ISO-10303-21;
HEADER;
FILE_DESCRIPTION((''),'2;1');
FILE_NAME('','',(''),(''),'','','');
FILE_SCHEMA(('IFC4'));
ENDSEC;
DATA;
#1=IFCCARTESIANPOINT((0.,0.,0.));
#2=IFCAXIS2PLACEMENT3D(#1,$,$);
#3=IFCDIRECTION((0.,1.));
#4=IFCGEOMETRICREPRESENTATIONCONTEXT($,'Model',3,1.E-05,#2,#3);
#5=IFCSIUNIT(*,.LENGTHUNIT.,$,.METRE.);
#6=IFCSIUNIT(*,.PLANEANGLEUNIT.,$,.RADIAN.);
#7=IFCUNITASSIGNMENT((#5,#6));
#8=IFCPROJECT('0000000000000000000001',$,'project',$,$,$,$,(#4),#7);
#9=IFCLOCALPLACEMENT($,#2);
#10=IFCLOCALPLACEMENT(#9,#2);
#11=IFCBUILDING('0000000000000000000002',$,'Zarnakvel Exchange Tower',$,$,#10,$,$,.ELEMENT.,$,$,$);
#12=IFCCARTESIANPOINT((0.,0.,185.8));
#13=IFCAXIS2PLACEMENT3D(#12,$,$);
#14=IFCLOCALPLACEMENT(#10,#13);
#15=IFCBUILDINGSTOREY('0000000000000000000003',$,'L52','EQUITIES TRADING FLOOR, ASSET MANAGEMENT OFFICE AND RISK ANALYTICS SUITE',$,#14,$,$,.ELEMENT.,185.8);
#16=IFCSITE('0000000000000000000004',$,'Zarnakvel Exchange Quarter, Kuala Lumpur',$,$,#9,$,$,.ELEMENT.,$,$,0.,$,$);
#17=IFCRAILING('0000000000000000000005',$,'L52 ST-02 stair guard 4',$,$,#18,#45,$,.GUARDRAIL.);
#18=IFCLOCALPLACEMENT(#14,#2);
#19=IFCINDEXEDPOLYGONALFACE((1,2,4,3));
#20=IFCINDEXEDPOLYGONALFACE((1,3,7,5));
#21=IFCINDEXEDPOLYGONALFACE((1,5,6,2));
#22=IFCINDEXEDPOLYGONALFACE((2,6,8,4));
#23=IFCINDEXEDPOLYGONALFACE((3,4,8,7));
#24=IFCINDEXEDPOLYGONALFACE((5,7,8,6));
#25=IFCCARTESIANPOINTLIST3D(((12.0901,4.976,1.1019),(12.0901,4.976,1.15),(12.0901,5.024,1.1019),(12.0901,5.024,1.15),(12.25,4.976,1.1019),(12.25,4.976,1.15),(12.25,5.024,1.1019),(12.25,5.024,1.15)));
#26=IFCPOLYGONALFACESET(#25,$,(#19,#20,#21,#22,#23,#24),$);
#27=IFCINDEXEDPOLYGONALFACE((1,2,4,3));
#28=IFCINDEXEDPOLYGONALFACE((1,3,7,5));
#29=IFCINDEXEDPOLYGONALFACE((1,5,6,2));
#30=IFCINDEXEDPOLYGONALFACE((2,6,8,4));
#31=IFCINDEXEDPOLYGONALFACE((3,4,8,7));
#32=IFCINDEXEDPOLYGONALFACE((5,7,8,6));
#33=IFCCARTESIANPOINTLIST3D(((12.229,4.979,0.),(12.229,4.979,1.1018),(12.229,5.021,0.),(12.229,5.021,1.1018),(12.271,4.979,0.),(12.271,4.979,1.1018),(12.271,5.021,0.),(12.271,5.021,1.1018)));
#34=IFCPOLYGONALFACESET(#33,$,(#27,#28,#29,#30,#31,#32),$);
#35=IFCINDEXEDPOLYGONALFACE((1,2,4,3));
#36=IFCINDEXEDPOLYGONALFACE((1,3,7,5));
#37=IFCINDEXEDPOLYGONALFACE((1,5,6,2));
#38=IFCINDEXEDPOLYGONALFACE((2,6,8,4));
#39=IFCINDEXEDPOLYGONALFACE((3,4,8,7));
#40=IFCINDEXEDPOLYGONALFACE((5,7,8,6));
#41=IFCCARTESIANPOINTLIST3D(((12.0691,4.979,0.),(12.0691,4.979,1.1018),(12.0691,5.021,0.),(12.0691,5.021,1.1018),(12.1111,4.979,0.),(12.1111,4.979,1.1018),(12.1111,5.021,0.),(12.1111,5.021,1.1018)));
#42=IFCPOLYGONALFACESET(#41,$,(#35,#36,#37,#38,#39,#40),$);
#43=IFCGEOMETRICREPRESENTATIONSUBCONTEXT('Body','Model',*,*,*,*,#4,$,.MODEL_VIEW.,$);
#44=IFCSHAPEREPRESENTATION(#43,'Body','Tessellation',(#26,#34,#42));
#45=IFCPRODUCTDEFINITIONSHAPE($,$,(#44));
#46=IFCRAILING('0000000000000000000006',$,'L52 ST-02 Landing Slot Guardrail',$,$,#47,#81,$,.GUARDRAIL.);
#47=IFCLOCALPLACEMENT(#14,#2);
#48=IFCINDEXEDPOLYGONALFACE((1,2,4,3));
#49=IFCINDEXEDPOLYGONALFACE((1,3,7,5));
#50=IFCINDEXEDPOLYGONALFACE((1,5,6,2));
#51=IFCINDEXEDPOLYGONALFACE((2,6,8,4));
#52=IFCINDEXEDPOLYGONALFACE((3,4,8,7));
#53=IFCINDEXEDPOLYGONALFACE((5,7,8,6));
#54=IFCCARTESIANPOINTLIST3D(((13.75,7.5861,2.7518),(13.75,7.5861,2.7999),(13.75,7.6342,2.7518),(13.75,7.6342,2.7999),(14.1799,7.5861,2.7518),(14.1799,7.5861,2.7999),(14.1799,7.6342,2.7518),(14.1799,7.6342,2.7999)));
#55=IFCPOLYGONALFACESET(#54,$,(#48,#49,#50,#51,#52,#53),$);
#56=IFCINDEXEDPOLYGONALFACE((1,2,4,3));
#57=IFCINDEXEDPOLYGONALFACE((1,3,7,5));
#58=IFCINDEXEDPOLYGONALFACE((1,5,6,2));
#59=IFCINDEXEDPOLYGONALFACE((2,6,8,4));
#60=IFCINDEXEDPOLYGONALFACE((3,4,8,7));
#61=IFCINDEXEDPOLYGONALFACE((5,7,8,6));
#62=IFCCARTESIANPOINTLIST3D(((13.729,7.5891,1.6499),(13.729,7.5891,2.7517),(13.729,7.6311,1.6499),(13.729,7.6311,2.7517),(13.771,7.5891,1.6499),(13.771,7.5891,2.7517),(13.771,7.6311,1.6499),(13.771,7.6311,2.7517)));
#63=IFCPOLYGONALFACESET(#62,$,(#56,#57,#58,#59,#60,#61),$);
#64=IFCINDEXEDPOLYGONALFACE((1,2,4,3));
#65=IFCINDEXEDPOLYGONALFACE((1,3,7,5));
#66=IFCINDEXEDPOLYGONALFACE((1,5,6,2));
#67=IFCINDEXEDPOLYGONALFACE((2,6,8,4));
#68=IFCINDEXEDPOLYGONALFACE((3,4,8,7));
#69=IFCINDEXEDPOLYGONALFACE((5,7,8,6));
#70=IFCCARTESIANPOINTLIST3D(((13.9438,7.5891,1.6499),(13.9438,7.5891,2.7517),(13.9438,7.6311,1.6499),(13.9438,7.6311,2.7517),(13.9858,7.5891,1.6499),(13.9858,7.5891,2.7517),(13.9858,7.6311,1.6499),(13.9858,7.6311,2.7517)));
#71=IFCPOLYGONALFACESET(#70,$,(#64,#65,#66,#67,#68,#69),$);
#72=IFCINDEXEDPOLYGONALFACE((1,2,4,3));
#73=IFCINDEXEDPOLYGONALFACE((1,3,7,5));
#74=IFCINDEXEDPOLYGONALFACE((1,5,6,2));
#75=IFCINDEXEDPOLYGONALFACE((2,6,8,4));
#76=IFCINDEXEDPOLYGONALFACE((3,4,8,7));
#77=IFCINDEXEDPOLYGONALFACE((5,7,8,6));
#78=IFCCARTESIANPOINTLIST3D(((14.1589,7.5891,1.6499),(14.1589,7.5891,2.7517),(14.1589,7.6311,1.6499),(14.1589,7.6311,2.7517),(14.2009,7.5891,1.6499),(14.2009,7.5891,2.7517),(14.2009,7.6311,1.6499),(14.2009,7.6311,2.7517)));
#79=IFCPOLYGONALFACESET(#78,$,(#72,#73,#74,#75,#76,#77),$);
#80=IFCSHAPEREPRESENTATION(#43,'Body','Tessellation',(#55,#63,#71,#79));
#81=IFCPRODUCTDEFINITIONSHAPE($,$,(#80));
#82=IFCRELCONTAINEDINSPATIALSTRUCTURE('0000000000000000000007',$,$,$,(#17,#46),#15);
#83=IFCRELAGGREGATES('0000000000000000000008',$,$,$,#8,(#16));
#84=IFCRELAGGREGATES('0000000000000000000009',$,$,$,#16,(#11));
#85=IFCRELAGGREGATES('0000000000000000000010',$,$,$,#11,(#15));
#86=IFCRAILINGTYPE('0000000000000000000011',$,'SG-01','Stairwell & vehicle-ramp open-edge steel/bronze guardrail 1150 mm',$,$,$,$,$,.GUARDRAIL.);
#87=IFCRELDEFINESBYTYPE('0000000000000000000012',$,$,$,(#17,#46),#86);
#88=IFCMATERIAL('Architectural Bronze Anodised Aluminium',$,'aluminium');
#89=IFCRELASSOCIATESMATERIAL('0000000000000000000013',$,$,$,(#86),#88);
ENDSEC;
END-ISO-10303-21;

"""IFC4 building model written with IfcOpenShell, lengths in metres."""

from ifc_helpers import new_model, si_unit, direction, frame, origin, origin_2d, place, context, subcontext, project, spatial, rectangle, extrude, material, type_object, element, save


model = new_model("IFC4")

# Units and contexts
model_context = context("Model", 3, precision=1e-05, world=origin(), true_north=direction((0.0, 1.0)))
body_context = subcontext(model_context, "Body", "Model", "MODEL_VIEW")
ifc_project = project(units=[si_unit("LENGTHUNIT", "METRE"), si_unit("PLANEANGLEUNIT", "RADIAN")], contexts=[model_context])

# Site, building, storey
site_placement = place(None, origin())
site = spatial("IfcSite", under=ifc_project, at=site_placement, Name="Zarnakvel Exchange Quarter, Kuala Lumpur", CompositionType="ELEMENT", RefElevation=0.0)
building_placement = place(site_placement, origin())
building = spatial("IfcBuilding", under=site, at=building_placement, Name="Zarnakvel Exchange Tower", CompositionType="ELEMENT")
storey_placement = place(building_placement, frame((0.0, 0.0, 185.8)))
storey = spatial("IfcBuildingStorey", under=building, at=storey_placement, Name="L52", Description="EQUITIES TRADING FLOOR, ASSET MANAGEMENT OFFICE AND RISK ANALYTICS SUITE", CompositionType="ELEMENT", Elevation=185.8)

# Shared definitions
ifc_material_1 = material(Name="Architectural Bronze Anodised Aluminium", Category="aluminium")

# Railings
railing_type_1 = type_object("IfcRailingType", Name="SG-01", Description="Stairwell & vehicle-ramp open-edge steel/bronze guardrail 1150 mm", PredefinedType="GUARDRAIL", material=ifc_material_1)
railing_1_placement = place(storey_placement, frame((12.25, 5.0, 0.0)))
element("IfcRailing", 1, at=railing_1_placement, inside=storey, type_object=railing_type_1, Name="L52 ST-02 stair guard 4", PredefinedType="GUARDRAIL", context=body_context, shape_type="SweptSolid", body=[
    extrude(rectangle(XDim=0.0481, YDim=0.0481, at=origin_2d()), frame((0.0, 0.0, 1.126), z_axis=(-1.0, 0.0, 0.0), x_axis=(0.0, -1.0, 0.0)), (0.0, 0.0, 1.0), 0.1599),
    extrude(rectangle(XDim=0.042, YDim=0.042, at=origin_2d()), origin(), (0.0, 0.0, 1.0), 1.1018),
    extrude(rectangle(XDim=0.042, YDim=0.042, at=origin_2d()), frame((-0.1599, 0.0, 0.0)), (0.0, 0.0, 1.0), 1.1018),
])
railing_2_placement = place(storey_placement, frame((13.75, 7.6101, 1.6499)))
element("IfcRailing", 2, at=railing_2_placement, inside=storey, type_object=railing_type_1, Name="L52 ST-02 Landing Slot Guardrail", PredefinedType="GUARDRAIL", context=body_context, shape_type="SweptSolid", body=[
    extrude(rectangle(XDim=0.0481, YDim=0.0481, at=origin_2d()), frame((0.0, 0.0, 1.126), z_axis=(1.0, 0.0, 0.0), x_axis=(0.0, 1.0, 0.0)), (0.0, 0.0, 1.0), 0.4299),
    extrude(rectangle(XDim=0.042, YDim=0.042, at=origin_2d()), origin(), (0.0, 0.0, 1.0), 1.1018),
    extrude(rectangle(XDim=0.042, YDim=0.042, at=origin_2d()), frame((0.2148, 0.0, 0.0)), (0.0, 0.0, 1.0), 1.1018),
    extrude(rectangle(XDim=0.042, YDim=0.042, at=origin_2d()), frame((0.4299, 0.0, 0.0)), (0.0, 0.0, 1.0), 1.1018),
])

save(model, "model.ifc")
